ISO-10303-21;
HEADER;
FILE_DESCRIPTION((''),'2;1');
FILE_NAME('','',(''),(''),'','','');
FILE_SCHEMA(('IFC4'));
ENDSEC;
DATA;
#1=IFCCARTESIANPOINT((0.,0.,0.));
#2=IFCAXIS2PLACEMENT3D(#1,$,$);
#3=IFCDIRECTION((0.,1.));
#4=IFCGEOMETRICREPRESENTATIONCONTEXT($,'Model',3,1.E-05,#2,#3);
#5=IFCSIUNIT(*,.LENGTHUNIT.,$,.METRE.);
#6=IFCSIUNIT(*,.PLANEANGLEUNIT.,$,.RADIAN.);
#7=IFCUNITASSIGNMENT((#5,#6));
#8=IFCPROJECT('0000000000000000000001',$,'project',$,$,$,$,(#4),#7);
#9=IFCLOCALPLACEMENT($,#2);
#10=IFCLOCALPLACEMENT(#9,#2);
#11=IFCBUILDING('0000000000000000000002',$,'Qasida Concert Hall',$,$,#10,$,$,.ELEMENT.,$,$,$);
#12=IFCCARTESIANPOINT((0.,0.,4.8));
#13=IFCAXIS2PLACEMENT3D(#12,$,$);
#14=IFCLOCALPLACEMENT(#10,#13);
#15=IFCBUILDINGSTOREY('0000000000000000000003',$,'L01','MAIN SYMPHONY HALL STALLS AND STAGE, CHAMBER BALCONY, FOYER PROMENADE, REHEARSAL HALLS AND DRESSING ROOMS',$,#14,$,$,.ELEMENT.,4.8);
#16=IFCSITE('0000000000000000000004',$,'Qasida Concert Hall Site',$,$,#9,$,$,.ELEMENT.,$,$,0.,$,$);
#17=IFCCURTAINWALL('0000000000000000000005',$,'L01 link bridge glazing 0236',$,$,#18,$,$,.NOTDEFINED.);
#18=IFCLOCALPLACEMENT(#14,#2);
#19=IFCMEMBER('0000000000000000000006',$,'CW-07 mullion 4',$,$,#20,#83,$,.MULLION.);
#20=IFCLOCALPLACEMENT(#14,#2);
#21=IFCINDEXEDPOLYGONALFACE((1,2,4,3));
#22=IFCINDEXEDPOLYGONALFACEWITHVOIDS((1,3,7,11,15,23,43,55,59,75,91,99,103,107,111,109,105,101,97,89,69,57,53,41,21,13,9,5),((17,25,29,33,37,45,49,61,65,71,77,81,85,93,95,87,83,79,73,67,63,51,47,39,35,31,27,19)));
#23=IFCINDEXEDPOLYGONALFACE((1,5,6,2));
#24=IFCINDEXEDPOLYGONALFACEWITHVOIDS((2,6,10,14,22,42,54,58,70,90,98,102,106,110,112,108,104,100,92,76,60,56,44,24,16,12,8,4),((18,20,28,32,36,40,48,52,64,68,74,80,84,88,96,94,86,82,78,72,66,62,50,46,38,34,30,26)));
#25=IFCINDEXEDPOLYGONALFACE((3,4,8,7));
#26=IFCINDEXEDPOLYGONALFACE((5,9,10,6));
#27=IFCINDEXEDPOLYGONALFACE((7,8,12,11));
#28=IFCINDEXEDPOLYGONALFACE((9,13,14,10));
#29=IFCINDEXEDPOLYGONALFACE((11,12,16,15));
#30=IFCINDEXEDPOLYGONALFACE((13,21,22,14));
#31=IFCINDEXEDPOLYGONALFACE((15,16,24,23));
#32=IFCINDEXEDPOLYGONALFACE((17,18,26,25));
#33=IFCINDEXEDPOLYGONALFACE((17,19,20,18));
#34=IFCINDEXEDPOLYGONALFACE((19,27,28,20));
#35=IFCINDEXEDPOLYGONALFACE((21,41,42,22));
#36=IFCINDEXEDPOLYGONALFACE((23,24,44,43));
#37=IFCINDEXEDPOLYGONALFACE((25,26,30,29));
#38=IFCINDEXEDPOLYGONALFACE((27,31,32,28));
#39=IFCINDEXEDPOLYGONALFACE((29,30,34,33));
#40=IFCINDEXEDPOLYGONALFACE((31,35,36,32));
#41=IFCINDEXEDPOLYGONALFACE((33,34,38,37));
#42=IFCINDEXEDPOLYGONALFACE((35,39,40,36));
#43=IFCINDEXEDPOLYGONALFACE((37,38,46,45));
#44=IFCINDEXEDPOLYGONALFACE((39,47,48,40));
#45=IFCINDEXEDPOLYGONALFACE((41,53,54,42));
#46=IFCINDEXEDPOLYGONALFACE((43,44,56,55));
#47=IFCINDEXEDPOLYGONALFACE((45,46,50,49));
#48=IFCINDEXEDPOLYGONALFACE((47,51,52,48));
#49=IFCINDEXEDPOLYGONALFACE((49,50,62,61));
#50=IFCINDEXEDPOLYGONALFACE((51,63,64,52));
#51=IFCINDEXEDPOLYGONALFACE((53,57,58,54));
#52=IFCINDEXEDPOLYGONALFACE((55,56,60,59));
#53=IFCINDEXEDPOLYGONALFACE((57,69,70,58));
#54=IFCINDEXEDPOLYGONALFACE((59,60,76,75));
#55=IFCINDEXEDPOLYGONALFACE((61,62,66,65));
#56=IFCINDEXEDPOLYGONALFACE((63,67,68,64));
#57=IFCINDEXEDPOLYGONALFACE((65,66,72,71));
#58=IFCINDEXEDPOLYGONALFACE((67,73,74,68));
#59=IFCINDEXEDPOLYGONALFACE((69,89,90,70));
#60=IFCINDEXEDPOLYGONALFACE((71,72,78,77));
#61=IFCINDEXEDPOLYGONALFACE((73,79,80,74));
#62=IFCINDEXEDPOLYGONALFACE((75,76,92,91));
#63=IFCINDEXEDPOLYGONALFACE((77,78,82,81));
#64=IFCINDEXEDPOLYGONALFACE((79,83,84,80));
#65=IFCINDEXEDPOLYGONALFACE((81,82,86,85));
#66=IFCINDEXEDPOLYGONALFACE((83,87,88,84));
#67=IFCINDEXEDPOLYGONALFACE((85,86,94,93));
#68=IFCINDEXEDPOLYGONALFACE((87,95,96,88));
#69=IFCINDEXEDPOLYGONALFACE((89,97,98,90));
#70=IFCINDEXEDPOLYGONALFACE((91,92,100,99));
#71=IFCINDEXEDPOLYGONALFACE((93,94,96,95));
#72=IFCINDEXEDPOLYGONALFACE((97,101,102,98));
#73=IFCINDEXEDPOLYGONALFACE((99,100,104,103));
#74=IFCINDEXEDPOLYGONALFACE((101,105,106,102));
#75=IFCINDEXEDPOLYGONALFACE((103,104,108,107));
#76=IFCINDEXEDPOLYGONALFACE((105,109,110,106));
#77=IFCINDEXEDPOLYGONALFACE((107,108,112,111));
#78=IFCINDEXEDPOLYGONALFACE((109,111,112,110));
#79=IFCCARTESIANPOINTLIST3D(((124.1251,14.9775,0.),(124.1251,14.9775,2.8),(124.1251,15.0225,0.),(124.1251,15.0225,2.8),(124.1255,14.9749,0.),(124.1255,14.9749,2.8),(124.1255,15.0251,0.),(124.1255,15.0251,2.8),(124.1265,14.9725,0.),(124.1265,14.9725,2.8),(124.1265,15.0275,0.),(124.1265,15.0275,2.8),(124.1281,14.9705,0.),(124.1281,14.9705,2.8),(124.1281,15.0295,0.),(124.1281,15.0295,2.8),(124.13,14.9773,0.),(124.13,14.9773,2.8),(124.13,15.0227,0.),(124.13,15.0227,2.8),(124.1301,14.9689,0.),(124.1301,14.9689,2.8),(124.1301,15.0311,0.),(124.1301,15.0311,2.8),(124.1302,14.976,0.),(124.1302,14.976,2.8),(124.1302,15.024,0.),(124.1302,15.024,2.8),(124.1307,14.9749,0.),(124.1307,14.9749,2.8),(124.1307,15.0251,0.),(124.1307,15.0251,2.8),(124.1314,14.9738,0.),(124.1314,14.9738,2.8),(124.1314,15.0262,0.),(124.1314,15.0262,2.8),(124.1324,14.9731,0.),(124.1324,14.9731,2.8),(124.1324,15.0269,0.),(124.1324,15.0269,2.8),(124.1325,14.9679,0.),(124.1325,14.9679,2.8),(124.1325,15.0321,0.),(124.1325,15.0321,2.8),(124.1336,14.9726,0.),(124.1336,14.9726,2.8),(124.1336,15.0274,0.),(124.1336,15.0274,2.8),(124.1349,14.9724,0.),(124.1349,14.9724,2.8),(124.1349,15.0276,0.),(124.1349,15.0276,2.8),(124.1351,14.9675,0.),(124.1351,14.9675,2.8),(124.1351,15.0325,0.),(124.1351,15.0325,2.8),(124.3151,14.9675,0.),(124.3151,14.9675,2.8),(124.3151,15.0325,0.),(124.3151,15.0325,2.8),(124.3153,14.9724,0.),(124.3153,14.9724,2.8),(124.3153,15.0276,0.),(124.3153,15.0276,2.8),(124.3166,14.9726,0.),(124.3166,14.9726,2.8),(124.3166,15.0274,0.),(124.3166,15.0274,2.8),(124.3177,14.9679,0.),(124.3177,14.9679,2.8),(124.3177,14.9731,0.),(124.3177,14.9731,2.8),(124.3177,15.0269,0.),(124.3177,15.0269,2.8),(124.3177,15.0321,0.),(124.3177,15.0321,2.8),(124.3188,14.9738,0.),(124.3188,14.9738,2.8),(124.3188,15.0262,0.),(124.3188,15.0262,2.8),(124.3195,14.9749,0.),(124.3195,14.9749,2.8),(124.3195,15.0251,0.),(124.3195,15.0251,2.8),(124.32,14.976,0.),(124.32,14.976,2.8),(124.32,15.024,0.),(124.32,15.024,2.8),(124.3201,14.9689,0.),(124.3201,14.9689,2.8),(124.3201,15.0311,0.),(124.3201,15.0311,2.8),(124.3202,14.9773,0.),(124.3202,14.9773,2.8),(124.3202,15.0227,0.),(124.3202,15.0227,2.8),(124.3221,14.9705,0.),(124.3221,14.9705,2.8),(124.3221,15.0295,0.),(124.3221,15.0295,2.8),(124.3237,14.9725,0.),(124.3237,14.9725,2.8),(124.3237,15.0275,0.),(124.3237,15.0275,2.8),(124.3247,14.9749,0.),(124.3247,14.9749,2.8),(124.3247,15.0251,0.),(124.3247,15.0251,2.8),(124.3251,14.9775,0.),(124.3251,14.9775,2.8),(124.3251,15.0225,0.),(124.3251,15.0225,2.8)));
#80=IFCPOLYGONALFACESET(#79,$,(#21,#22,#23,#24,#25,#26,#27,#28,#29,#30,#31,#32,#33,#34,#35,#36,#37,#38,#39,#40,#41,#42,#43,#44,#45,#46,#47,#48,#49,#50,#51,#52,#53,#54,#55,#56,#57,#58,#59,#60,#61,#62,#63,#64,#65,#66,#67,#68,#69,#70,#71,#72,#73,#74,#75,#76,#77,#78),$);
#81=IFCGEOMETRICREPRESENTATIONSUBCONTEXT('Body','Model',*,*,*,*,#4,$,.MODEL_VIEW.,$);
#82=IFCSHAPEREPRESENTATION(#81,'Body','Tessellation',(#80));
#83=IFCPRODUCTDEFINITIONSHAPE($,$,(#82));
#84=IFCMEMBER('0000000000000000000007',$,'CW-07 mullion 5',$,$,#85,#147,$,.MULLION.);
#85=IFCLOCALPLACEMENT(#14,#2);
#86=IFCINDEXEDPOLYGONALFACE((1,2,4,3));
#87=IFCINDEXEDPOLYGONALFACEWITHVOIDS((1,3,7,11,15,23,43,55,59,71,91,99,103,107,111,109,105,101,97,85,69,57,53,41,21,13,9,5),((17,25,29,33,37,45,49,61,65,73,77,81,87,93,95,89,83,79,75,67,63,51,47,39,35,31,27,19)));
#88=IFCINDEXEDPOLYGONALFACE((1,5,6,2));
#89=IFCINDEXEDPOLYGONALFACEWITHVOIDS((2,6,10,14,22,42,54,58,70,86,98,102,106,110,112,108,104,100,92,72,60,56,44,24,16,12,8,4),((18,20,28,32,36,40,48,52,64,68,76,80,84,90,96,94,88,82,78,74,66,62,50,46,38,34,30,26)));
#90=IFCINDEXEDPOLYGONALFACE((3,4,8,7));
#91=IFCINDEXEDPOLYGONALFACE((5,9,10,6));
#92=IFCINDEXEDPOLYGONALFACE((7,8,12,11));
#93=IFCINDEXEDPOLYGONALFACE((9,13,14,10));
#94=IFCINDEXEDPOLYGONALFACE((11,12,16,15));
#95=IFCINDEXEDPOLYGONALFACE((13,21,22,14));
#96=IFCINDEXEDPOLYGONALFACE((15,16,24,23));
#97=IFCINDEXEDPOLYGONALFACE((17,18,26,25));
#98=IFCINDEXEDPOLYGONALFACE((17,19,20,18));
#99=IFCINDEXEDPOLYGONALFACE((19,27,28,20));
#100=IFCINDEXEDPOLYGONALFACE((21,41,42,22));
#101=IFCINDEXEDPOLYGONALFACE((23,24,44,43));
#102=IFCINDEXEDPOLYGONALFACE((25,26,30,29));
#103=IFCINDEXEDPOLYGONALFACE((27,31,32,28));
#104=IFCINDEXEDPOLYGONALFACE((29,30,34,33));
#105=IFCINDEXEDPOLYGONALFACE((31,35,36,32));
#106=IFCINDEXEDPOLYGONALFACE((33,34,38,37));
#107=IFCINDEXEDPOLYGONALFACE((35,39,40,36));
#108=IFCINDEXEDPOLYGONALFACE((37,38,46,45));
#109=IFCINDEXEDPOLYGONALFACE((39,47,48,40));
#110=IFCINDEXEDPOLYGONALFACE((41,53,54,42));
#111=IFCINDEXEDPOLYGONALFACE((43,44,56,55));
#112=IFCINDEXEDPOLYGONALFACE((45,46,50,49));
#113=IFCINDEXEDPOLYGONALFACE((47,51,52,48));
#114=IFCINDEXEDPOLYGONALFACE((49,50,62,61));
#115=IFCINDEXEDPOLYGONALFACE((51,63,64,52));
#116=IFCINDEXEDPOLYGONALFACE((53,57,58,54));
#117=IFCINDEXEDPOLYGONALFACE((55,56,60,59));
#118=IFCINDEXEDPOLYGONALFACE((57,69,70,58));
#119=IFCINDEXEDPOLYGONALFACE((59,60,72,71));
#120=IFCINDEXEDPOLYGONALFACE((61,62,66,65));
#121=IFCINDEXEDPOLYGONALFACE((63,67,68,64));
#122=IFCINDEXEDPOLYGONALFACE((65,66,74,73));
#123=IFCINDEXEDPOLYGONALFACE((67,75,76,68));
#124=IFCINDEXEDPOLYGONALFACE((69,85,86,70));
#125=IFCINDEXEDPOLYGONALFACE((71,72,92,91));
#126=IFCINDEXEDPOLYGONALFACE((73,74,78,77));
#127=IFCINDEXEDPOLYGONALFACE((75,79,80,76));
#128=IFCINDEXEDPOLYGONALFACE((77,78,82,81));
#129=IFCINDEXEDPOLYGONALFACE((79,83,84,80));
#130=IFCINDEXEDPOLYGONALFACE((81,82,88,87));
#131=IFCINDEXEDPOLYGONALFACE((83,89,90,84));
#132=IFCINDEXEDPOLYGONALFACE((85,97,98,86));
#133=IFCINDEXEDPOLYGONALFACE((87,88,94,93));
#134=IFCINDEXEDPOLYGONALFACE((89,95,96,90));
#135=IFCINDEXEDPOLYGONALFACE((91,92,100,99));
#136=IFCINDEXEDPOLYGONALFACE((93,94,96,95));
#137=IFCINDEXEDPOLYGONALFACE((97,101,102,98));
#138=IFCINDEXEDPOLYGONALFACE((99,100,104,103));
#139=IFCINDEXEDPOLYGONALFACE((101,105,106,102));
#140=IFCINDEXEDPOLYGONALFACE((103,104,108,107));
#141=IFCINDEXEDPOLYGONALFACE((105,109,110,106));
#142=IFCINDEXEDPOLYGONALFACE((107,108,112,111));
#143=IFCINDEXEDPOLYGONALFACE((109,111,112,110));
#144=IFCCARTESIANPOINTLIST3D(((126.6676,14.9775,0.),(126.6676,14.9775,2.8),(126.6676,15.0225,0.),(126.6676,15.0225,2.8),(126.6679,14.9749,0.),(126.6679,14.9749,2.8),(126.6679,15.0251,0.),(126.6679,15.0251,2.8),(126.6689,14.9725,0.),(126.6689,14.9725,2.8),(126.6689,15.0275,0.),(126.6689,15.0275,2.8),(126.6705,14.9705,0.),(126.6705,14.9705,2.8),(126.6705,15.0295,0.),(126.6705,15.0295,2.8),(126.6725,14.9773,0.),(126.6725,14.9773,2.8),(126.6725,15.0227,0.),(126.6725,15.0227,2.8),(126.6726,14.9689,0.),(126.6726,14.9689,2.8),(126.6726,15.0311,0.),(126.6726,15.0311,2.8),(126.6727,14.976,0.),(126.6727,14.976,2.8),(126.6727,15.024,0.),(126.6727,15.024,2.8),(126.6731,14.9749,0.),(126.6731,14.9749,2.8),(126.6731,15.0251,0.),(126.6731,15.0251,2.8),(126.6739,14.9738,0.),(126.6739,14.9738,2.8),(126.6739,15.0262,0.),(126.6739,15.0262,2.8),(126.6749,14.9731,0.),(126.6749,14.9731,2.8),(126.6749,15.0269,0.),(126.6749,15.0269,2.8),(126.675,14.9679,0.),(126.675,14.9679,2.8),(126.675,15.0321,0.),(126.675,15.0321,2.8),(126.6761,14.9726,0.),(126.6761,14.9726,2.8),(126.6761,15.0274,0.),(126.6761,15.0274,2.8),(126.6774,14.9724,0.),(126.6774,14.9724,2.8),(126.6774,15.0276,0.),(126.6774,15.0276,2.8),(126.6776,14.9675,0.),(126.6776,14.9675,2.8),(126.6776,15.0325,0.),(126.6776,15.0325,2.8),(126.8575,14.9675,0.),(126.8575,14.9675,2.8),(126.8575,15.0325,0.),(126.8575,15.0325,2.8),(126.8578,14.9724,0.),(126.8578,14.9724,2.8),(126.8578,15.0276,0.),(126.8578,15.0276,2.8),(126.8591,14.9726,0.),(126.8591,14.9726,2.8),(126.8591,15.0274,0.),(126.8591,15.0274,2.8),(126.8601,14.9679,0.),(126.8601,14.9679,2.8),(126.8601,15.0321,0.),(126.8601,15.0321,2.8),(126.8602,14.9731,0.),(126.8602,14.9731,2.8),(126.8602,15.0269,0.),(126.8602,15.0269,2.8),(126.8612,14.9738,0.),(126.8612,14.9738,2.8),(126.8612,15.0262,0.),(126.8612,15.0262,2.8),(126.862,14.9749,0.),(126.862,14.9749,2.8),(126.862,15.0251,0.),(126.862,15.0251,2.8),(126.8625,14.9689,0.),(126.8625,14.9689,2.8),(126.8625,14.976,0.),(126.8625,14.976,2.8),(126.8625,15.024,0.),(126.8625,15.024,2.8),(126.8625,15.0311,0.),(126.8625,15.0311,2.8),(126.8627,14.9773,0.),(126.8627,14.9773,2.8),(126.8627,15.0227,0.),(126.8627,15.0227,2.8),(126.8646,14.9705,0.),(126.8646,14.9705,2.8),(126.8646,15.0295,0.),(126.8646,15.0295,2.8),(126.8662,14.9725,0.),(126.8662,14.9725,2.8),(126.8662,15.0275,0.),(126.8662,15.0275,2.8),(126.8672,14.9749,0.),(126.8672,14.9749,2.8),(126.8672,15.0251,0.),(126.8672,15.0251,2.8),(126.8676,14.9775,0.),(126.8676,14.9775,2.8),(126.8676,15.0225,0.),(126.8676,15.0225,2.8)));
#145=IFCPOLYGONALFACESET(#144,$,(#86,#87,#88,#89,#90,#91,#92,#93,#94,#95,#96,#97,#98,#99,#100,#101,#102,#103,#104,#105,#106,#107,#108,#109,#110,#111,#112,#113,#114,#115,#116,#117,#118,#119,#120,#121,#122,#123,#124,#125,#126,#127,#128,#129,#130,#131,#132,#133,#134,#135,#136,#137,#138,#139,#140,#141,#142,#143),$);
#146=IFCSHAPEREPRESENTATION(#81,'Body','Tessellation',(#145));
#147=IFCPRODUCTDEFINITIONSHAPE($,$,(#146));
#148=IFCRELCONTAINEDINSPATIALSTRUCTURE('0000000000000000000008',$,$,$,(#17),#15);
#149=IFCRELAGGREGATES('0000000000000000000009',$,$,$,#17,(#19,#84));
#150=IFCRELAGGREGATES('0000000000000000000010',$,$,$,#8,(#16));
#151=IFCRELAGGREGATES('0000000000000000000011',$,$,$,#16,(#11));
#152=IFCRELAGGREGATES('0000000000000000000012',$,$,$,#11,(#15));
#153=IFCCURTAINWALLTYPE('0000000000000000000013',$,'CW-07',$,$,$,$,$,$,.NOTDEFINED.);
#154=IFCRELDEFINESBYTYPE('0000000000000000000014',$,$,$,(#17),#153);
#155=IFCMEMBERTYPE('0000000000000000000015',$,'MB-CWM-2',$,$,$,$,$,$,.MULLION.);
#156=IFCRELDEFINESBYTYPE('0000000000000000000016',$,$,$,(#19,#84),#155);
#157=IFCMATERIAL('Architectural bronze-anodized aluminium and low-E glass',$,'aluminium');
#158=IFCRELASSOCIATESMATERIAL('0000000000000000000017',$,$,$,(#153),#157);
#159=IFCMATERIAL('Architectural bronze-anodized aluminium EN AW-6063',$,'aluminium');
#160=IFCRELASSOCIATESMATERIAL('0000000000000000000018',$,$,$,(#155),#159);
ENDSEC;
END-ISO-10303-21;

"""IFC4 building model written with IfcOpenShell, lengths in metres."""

from ifc_helpers import new_model, si_unit, direction, frame, origin, origin_2d, place, context, subcontext, project, spatial, hollow_rectangle, extrude, material, material_profile, profile_set, type_object, element, aggregate, save


model = new_model("IFC4")

# Units and contexts
model_context = context("Model", 3, precision=1e-05, world=origin(), true_north=direction((0.0, 1.0)))
body_context = subcontext(model_context, "Body", "Model", "MODEL_VIEW")
ifc_project = project(units=[si_unit("LENGTHUNIT", "METRE"), si_unit("PLANEANGLEUNIT", "RADIAN")], contexts=[model_context])

# Site, building, storey
site_placement = place(None, origin())
site = spatial("IfcSite", under=ifc_project, at=site_placement, Name="Qasida Concert Hall Site", CompositionType="ELEMENT", RefElevation=0.0)
building_placement = place(site_placement, origin())
building = spatial("IfcBuilding", under=site, at=building_placement, Name="Qasida Concert Hall", CompositionType="ELEMENT")
storey_placement = place(building_placement, frame((0.0, 0.0, 4.8)))
storey = spatial("IfcBuildingStorey", under=building, at=storey_placement, Name="L01", Description="MAIN SYMPHONY HALL STALLS AND STAGE, CHAMBER BALCONY, FOYER PROMENADE, REHEARSAL HALLS AND DRESSING ROOMS", CompositionType="ELEMENT", Elevation=4.8)

# Shared definitions
ifc_material_1 = material(Name="Architectural bronze-anodized aluminium and low-E glass", Category="aluminium")
curtain_wall_type = type_object("IfcCurtainWallType", Name="CW-07", PredefinedType="NOTDEFINED", material=ifc_material_1)
ifc_material_2 = material(Name="Architectural bronze-anodized aluminium EN AW-6063", Category="aluminium")
ifc_material_profile_1 = material_profile(ifc_material_2, hollow_rectangle(XDim=0.0649, YDim=0.2, WallThickness=0.0049, InnerFilletRadius=0.0049, OuterFilletRadius=0.01, at=origin_2d()), Name="CWM 200x65x5")
ifc_profile_set_1 = profile_set([ifc_material_profile_1], Name="Architectural bronze-anodized aluminium EN AW-6063")
member_type_1 = type_object("IfcMemberType", Name="MB-CWM-2", PredefinedType="MULLION", material=ifc_profile_set_1)

# Curtain wall, members
curtain_wall_1_placement = place(storey_placement, origin())
curtain_wall_1 = element("IfcCurtainWall", 1, at=curtain_wall_1_placement, inside=storey, type_object=curtain_wall_type, Name="L01 link bridge glazing 0236", PredefinedType="NOTDEFINED")
member_1_placement = place(storey_placement, frame((124.2251, 15.0, 0.0), z_axis=(0.0, 0.0, 1.0), x_axis=(0.0, 1.0, 0.0)))
member_1 = element("IfcMember", 2, at=member_1_placement, type_object=member_type_1, Name="CW-07 mullion 4", PredefinedType="MULLION", context=body_context, shape_type="SweptSolid", body=[
    extrude(hollow_rectangle(XDim=0.0649, YDim=0.2, WallThickness=0.0049, InnerFilletRadius=0.0049, OuterFilletRadius=0.01, at=origin_2d()), origin(), (0.0, 0.0, 1.0), 2.8),
])
member_2_placement = place(storey_placement, frame((126.7676, 15.0, 0.0), z_axis=(0.0, 0.0, 1.0), x_axis=(0.0, 1.0, 0.0)))
member_2 = element("IfcMember", 3, at=member_2_placement, type_object=member_type_1, Name="CW-07 mullion 5", PredefinedType="MULLION", context=body_context, shape_type="SweptSolid", body=[
    extrude(hollow_rectangle(XDim=0.0649, YDim=0.2, WallThickness=0.0049, InnerFilletRadius=0.0049, OuterFilletRadius=0.01, at=origin_2d()), origin(), (0.0, 0.0, 1.0), 2.8),
])

aggregate(curtain_wall_1, [member_1, member_2])

save(model, "model.ifc")
